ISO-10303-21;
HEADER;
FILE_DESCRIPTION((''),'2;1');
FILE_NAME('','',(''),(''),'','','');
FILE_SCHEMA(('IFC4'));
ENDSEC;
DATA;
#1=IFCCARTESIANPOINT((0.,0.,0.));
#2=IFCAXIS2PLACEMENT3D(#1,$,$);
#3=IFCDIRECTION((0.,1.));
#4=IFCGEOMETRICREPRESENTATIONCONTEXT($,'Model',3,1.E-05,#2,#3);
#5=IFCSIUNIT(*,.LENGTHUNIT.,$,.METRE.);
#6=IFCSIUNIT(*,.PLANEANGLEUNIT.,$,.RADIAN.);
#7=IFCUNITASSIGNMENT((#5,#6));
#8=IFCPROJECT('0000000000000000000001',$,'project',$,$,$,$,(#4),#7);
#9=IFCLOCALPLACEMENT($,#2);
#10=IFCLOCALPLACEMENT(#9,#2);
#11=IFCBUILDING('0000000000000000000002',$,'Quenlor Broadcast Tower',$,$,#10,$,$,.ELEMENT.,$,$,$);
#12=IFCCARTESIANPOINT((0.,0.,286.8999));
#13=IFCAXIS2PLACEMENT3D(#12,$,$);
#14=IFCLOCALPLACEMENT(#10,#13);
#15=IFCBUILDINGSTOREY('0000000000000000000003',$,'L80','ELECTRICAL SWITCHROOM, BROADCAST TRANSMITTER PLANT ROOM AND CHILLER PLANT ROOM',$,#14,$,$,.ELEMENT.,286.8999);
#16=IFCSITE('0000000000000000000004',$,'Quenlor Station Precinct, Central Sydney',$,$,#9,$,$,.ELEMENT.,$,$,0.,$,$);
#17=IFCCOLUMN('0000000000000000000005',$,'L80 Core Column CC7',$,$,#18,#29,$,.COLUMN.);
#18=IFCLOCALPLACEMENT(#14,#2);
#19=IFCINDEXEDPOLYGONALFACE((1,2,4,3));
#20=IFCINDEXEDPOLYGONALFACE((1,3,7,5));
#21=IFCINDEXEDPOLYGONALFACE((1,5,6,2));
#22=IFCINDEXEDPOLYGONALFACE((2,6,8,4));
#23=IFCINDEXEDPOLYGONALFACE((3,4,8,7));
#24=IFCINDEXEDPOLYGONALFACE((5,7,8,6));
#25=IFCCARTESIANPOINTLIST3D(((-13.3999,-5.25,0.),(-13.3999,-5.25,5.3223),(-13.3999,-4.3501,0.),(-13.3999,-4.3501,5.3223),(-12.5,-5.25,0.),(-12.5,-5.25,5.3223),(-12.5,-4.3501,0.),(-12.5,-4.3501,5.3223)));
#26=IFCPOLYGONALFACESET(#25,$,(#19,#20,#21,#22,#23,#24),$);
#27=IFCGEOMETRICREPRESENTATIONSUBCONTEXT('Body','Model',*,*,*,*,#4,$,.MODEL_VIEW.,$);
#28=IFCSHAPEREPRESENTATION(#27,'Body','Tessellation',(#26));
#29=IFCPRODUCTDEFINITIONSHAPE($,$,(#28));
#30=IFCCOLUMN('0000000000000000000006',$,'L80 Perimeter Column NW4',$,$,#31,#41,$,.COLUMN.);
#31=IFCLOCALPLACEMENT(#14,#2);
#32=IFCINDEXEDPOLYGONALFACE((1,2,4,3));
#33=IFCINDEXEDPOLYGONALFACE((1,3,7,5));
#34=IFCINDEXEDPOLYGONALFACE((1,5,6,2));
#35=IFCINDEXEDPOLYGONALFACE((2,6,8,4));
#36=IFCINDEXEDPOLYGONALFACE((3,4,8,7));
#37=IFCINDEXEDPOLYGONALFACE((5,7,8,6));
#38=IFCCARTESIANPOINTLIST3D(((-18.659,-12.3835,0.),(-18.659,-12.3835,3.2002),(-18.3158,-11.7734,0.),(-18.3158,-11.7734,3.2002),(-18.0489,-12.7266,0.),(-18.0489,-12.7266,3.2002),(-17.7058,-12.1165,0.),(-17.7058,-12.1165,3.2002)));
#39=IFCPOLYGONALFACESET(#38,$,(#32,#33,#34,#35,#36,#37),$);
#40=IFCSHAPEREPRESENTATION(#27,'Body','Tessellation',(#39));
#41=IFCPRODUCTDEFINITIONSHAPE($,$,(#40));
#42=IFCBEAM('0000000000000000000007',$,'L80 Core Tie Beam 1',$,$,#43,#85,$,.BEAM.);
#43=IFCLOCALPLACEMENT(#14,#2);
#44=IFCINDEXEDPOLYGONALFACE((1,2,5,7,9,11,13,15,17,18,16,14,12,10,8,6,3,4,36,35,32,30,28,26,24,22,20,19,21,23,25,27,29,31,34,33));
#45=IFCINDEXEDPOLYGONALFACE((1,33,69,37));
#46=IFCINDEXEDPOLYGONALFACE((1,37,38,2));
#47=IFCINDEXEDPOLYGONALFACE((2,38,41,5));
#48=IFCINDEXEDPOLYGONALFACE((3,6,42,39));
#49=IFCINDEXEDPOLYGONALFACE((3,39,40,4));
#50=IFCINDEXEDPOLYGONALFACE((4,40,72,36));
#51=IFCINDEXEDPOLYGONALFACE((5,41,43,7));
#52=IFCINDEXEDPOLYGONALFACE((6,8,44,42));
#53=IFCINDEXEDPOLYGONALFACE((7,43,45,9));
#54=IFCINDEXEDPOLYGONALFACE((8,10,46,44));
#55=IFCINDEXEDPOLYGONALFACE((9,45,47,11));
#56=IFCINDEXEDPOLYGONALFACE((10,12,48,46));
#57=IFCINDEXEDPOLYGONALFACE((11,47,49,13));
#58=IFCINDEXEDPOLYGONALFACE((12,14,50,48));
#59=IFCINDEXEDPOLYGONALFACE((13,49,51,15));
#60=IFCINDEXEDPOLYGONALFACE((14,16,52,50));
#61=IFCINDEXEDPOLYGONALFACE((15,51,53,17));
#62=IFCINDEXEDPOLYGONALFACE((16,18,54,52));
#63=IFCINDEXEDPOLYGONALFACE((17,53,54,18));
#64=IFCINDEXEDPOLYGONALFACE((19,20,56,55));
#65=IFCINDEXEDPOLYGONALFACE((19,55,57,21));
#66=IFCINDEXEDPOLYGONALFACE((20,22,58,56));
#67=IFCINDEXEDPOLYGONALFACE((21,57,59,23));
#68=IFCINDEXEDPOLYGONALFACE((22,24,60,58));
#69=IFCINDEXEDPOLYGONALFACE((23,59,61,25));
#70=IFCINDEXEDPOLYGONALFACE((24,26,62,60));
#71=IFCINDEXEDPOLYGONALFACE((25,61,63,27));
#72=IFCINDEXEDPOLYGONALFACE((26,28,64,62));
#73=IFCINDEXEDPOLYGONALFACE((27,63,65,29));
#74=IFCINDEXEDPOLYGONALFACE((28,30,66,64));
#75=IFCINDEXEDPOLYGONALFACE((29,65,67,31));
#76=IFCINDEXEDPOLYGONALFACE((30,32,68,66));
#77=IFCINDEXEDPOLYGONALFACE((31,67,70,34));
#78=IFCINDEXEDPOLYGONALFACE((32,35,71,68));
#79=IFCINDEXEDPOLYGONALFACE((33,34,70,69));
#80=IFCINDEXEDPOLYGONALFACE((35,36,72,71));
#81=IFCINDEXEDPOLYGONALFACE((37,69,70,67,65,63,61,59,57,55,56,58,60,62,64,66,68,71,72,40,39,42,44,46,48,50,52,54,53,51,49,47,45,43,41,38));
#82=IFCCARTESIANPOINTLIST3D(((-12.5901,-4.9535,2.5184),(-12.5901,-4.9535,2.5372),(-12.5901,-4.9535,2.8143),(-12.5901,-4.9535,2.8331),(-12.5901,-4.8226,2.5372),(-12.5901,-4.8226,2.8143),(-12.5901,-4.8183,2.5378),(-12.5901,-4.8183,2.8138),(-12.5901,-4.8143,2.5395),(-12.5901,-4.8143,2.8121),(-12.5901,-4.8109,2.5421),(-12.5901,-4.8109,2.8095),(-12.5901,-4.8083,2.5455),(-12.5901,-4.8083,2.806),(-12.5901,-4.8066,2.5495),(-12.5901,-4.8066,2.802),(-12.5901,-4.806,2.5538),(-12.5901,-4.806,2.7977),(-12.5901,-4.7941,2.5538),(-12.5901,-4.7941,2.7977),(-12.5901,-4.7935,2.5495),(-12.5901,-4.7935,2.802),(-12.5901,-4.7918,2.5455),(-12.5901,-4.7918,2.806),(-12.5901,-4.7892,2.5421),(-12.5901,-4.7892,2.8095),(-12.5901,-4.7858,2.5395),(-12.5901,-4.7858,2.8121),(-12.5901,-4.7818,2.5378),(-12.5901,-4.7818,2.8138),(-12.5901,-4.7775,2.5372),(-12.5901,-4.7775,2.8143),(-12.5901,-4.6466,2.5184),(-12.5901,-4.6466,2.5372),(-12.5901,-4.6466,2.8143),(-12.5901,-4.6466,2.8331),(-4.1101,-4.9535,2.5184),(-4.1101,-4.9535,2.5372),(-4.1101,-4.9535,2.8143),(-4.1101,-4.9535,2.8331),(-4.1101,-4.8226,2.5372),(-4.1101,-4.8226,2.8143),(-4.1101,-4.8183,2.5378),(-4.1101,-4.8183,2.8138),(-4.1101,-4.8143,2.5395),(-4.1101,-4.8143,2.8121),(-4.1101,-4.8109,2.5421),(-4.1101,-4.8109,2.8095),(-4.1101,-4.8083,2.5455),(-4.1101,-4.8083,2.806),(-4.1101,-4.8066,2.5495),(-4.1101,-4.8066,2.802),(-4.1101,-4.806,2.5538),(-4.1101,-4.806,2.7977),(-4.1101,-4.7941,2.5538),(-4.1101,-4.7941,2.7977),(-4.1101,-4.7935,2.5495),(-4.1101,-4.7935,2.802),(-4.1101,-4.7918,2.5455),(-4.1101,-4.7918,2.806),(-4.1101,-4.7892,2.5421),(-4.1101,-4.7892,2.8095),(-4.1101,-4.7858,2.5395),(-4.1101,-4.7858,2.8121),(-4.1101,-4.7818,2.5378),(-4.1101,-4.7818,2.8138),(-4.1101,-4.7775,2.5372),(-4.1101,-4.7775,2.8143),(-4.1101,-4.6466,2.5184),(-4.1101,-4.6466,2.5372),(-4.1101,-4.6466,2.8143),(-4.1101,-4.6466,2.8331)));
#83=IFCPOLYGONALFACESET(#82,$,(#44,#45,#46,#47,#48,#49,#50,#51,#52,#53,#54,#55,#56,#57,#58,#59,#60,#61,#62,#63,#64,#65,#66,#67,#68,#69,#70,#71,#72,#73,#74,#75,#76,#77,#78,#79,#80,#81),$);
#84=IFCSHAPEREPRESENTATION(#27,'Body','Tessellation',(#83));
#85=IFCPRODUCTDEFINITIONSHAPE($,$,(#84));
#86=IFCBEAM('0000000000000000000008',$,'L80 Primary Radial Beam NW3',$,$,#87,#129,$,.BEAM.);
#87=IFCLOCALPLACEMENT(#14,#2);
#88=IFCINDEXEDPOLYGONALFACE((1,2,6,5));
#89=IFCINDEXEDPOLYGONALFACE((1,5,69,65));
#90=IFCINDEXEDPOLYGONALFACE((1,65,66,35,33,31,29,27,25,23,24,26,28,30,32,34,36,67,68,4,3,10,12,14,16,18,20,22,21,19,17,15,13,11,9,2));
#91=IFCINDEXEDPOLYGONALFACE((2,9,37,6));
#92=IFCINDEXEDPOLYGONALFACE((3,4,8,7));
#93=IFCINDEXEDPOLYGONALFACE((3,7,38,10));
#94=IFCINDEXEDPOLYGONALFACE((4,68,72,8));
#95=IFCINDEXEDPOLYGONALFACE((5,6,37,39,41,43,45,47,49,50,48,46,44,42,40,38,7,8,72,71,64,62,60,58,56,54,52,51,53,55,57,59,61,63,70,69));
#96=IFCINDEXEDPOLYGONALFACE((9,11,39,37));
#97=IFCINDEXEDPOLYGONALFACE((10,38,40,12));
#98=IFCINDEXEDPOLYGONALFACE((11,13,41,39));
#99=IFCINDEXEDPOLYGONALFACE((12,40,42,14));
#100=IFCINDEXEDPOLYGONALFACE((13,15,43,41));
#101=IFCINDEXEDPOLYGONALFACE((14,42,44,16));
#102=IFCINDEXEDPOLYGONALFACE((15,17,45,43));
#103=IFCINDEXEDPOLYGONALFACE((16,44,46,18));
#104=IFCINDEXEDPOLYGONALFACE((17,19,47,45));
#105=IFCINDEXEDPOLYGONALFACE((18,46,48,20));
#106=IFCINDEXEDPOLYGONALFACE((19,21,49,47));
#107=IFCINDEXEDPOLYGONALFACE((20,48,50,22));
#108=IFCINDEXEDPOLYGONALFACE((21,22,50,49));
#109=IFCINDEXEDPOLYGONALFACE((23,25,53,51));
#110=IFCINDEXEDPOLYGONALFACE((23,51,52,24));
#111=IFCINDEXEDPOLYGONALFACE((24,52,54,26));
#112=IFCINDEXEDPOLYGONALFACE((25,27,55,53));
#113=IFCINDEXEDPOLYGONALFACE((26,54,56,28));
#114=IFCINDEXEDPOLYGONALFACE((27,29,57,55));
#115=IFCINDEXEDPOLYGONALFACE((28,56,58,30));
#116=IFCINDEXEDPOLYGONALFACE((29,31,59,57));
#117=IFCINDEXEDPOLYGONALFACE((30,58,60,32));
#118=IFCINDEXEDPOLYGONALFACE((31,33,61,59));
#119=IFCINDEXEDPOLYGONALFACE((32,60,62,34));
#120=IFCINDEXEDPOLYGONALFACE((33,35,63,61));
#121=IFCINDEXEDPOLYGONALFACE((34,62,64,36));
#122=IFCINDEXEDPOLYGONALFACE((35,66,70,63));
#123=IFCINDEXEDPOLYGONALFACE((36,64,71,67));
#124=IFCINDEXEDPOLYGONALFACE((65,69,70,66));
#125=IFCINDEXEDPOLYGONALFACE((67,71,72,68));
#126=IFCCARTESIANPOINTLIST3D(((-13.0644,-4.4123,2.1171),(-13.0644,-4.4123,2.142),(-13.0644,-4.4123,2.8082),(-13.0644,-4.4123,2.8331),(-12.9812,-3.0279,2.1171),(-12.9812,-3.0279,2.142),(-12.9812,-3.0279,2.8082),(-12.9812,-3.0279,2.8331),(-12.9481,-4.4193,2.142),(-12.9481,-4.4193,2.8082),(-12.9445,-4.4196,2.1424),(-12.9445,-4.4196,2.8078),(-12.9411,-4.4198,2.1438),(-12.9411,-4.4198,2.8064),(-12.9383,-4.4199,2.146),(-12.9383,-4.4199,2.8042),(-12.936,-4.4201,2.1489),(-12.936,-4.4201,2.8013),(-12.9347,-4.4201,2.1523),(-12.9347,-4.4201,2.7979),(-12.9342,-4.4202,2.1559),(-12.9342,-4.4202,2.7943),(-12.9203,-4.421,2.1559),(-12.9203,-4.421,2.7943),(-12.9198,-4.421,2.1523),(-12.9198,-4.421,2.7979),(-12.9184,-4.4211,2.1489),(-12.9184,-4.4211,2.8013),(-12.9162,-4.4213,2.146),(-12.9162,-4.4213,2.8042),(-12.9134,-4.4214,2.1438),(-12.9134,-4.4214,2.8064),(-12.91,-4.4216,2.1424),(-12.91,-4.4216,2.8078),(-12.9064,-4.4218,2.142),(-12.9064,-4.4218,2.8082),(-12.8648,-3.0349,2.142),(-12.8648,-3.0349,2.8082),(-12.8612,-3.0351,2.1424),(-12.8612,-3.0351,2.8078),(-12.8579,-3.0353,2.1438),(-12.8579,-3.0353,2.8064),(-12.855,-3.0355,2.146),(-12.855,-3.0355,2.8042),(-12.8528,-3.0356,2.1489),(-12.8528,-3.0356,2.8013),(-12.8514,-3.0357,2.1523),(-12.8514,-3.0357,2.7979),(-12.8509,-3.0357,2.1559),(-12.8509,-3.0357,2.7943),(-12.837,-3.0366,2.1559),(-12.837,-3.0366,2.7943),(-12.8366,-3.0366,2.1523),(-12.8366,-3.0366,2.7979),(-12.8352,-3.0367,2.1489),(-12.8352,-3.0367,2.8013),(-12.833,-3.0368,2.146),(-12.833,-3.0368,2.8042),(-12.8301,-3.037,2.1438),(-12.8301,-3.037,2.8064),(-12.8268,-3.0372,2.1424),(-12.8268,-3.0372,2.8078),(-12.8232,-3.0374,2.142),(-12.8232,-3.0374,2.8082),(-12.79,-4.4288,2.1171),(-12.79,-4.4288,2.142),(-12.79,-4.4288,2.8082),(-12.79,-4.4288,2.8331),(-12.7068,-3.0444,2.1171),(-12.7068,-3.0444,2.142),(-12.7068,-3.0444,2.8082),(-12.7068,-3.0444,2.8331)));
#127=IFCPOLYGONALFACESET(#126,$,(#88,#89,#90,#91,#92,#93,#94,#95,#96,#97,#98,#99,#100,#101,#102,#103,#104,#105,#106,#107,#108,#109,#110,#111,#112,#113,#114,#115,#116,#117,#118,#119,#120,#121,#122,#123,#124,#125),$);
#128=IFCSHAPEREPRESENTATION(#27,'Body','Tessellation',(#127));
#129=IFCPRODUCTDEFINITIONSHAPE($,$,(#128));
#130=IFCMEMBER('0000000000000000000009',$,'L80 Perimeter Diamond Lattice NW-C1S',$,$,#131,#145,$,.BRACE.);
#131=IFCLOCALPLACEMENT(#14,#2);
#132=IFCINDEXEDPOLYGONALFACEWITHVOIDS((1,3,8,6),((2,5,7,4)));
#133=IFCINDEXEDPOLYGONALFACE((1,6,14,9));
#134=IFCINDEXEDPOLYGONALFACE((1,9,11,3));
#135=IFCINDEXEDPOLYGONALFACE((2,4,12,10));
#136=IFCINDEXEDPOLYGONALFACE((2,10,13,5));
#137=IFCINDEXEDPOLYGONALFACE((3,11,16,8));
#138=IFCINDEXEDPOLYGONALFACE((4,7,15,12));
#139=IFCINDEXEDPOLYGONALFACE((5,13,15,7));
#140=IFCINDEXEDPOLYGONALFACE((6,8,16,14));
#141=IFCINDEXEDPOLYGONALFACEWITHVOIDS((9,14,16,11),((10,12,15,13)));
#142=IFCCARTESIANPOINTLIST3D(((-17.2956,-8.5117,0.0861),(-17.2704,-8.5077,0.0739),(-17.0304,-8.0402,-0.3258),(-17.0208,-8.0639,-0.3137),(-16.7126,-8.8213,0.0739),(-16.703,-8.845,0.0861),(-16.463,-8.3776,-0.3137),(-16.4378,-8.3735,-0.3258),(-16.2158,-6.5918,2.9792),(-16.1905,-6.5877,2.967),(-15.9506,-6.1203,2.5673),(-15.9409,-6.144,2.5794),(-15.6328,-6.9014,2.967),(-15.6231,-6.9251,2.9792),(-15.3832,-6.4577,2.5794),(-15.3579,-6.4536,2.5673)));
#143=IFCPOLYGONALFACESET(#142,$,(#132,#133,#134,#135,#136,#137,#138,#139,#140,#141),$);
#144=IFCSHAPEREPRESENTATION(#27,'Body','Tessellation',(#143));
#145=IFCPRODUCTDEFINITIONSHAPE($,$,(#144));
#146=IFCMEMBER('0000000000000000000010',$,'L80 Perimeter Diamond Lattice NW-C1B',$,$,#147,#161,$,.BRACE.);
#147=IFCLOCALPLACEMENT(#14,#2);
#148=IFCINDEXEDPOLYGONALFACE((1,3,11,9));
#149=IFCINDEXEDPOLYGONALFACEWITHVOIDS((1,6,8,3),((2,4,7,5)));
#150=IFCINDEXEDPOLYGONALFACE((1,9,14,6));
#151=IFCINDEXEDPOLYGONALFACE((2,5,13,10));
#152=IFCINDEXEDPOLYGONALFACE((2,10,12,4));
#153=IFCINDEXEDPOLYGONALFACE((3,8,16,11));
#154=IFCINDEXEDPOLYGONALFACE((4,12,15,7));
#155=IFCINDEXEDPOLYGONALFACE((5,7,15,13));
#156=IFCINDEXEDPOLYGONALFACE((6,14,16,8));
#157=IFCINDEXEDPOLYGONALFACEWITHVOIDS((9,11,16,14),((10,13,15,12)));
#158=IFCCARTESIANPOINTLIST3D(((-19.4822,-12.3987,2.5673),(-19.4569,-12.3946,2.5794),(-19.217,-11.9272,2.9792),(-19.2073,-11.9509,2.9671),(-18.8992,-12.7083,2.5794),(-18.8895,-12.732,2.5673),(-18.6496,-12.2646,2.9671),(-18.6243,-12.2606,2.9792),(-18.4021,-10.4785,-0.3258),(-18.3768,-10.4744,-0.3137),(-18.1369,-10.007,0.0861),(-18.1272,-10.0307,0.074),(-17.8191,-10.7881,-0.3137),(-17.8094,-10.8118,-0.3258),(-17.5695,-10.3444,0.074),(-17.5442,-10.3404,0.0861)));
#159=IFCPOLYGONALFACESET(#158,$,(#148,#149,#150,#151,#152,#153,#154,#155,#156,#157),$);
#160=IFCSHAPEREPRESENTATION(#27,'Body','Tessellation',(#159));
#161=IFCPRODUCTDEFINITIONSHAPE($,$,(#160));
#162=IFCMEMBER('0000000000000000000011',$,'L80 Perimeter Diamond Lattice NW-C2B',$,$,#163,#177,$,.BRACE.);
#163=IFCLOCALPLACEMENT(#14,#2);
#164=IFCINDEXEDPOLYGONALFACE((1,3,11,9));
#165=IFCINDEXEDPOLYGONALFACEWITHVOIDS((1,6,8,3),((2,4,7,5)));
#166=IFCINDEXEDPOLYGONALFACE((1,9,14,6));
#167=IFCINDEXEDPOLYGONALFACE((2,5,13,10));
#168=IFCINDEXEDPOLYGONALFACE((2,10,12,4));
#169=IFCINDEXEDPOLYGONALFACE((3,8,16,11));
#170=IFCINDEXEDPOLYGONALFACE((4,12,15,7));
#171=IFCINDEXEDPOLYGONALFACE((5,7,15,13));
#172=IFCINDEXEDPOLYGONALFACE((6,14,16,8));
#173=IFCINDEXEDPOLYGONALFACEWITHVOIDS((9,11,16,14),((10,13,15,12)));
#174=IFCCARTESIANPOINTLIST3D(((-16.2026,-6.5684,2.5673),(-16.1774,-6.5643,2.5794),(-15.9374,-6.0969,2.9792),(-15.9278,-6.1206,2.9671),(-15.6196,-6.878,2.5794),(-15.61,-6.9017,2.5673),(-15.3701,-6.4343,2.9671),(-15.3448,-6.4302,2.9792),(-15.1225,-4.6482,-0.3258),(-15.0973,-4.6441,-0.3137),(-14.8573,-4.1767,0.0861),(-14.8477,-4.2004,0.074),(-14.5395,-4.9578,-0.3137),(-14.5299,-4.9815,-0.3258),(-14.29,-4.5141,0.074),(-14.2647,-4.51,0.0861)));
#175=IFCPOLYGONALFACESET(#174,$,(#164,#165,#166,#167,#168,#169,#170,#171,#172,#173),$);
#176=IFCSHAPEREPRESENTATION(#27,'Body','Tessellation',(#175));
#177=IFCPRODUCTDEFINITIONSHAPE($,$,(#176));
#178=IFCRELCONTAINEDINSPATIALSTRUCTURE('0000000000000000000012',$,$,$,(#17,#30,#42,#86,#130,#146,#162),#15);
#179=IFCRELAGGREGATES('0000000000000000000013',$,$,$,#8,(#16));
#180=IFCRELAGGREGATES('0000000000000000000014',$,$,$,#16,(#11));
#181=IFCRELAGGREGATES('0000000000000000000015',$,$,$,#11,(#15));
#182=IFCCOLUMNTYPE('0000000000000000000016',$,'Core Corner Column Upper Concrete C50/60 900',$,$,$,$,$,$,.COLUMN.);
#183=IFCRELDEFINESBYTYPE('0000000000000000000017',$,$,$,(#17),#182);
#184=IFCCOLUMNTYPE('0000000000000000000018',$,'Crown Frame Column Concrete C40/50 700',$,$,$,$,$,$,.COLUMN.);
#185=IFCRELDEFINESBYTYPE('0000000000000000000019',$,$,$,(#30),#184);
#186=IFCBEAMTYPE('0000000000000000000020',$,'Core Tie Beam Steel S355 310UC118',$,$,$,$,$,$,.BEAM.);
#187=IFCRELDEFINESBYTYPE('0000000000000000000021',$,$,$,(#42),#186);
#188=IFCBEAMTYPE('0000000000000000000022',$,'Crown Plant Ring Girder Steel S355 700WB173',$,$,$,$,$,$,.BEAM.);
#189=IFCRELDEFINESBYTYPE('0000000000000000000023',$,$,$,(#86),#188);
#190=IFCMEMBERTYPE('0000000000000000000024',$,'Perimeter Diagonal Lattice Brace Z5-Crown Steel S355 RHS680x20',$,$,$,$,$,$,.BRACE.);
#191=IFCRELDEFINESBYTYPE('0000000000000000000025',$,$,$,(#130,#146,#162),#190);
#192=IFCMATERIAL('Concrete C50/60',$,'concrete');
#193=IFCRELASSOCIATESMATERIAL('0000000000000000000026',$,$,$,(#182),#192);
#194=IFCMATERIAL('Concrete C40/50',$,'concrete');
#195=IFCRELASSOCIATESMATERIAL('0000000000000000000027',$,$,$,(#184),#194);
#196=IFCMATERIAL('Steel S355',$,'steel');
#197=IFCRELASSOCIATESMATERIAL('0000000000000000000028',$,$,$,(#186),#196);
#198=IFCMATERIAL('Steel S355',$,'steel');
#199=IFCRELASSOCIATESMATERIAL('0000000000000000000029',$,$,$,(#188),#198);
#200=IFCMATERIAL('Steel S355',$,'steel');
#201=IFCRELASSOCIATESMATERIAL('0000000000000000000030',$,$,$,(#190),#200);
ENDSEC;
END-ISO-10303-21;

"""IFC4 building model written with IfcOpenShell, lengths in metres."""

from ifc_helpers import new_model, si_unit, direction, frame, origin, origin_2d, place, context, subcontext, project, spatial, rectangle, hollow_rectangle, i_section, extrude, material, material_profile, profile_set, type_object, element, save


model = new_model("IFC4")

# Units and contexts
model_context = context("Model", 3, precision=1e-05, world=origin(), true_north=direction((0.0, 1.0)))
body_context = subcontext(model_context, "Body", "Model", "MODEL_VIEW")
ifc_project = project(units=[si_unit("LENGTHUNIT", "METRE"), si_unit("PLANEANGLEUNIT", "RADIAN")], contexts=[model_context])

# Site, building, storey
site_placement = place(None, origin())
site = spatial("IfcSite", under=ifc_project, at=site_placement, Name="Quenlor Station Precinct, Central Sydney", CompositionType="ELEMENT", RefElevation=0.0)
building_placement = place(site_placement, origin())
building = spatial("IfcBuilding", under=site, at=building_placement, Name="Quenlor Broadcast Tower", CompositionType="ELEMENT")
storey_placement = place(building_placement, frame((0.0, 0.0, 286.8999)))
storey = spatial("IfcBuildingStorey", under=building, at=storey_placement, Name="L80", Description="ELECTRICAL SWITCHROOM, BROADCAST TRANSMITTER PLANT ROOM AND CHILLER PLANT ROOM", CompositionType="ELEMENT", Elevation=286.8999)

# Columns
ifc_material_1 = material(Name="Concrete C50/60", Category="concrete")
ifc_material_profile_1 = material_profile(ifc_material_1, rectangle(XDim=0.8999, YDim=0.8999, at=origin_2d()))
ifc_profile_set_1 = profile_set([ifc_material_profile_1], Name="Concrete C50/60 RC900x900")
column_type_1 = type_object("IfcColumnType", Name="Core Corner Column Upper Concrete C50/60 900", PredefinedType="COLUMN", material=ifc_profile_set_1)
column_1_placement = place(storey_placement, frame((-12.95, -4.8, 0.0), z_axis=(0.0, 0.0, 1.0), x_axis=(1.0, 0.0, 0.0)))
element("IfcColumn", 1, at=column_1_placement, inside=storey, type_object=column_type_1, Name="L80 Core Column CC7", PredefinedType="COLUMN", context=body_context, shape_type="SweptSolid", body=[
    extrude(rectangle(XDim=0.8999, YDim=0.8999, at=origin_2d()), origin(), (0.0, 0.0, 1.0), 5.3223),
])
ifc_material_2 = material(Name="Concrete C40/50", Category="concrete")
ifc_material_profile_2 = material_profile(ifc_material_2, rectangle(XDim=0.7, YDim=0.7, at=origin_2d()))
ifc_profile_set_2 = profile_set([ifc_material_profile_2], Name="Concrete C40/50 RC700x700")
column_type_2 = type_object("IfcColumnType", Name="Crown Frame Column Concrete C40/50 700", PredefinedType="COLUMN", material=ifc_profile_set_2)
column_2_placement = place(storey_placement, frame((-18.1824, -12.25, 0.0), z_axis=(0.0, 0.0, 1.0), x_axis=(-0.871575, 0.490262, 0.0)))
element("IfcColumn", 2, at=column_2_placement, inside=storey, type_object=column_type_2, Name="L80 Perimeter Column NW4", PredefinedType="COLUMN", context=body_context, shape_type="SweptSolid", body=[
    extrude(rectangle(XDim=0.7, YDim=0.7, at=origin_2d()), origin(), (0.0, 0.0, 1.0), 3.2002),
])

# Beams
ifc_material_3 = material(Name="Steel S355", Category="steel")
ifc_material_profile_3 = material_profile(ifc_material_3, i_section(OverallWidth=0.3069, OverallDepth=0.3147, WebThickness=0.012, FlangeThickness=0.0188, FilletRadius=0.0166, at=origin_2d()))
ifc_profile_set_3 = profile_set([ifc_material_profile_3], Name="Steel S355 310UC118")
beam_type_1 = type_object("IfcBeamType", Name="Core Tie Beam Steel S355 310UC118", PredefinedType="BEAM", material=ifc_profile_set_3)
beam_1_placement = place(storey_placement, frame((-12.5901, -4.8, 2.6758), z_axis=(1.0, 0.0, 0.0), x_axis=(0.0, 1.0, 0.0)))
element("IfcBeam", 3, at=beam_1_placement, inside=storey, type_object=beam_type_1, Name="L80 Core Tie Beam 1", PredefinedType="BEAM", context=body_context, shape_type="SweptSolid", body=[
    extrude(i_section(OverallWidth=0.3069, OverallDepth=0.3147, WebThickness=0.012, FlangeThickness=0.0188, FilletRadius=0.0166, at=origin_2d()), origin(), (0.0, 0.0, 1.0), 8.48),
])
ifc_material_4 = material(Name="Steel S355", Category="steel")
ifc_material_profile_4 = material_profile(ifc_material_4, i_section(OverallWidth=0.2749, OverallDepth=0.7161, WebThickness=0.0139, FlangeThickness=0.0249, FilletRadius=0.0139, at=origin_2d()))
ifc_profile_set_4 = profile_set([ifc_material_profile_4], Name="Steel S355 700WB173")
beam_type_2 = type_object("IfcBeamType", Name="Crown Plant Ring Girder Steel S355 700WB173", PredefinedType="BEAM", material=ifc_profile_set_4)
beam_2_placement = place(storey_placement, frame((-12.844, -3.0361, 2.4751), z_axis=(-0.060022, -0.998197, 0.0), x_axis=(0.998197, -0.060022, 0.0)))
element("IfcBeam", 4, at=beam_2_placement, inside=storey, type_object=beam_type_2, Name="L80 Primary Radial Beam NW3", PredefinedType="BEAM", context=body_context, shape_type="SweptSolid", body=[
    extrude(i_section(OverallWidth=0.2749, OverallDepth=0.7161, WebThickness=0.0139, FlangeThickness=0.0249, FilletRadius=0.0139, at=origin_2d()), origin(), (0.0, 0.0, 1.0), 1.387),
])

# Members
ifc_material_5 = material(Name="Steel S355", Category="steel")
ifc_material_profile_5 = material_profile(ifc_material_5, hollow_rectangle(XDim=0.6799, YDim=0.6799, WallThickness=0.02, at=origin_2d()))
ifc_profile_set_5 = profile_set([ifc_material_profile_5], Name="Steel S355 RHS680x680x20")
member_type = type_object("IfcMemberType", Name="Perimeter Diagonal Lattice Brace Z5-Crown Steel S355 RHS680x20", PredefinedType="BRACE", material=ifc_profile_set_5)
member_placement = place(storey_placement, frame((-16.8667, -8.4426, -0.1199), z_axis=(0.296967, 0.528002, 0.795628), x_axis=(-0.871599, 0.490219, 0.0)))
element("IfcMember", 5, at=member_placement, inside=storey, type_object=member_type, Name="L80 Perimeter Diamond Lattice NW-C1S", PredefinedType="BRACE", context=body_context, shape_type="SweptSolid", body=[
    extrude(hollow_rectangle(XDim=0.6799, YDim=0.6799, WallThickness=0.02, at=origin_2d()), origin(), (0.0, 0.0, 1.0), 3.6362),
])
for number, where, z_axis, x_axis, name in (
    (6, (-17.9731, -10.4094, -0.1199), (-0.297018, -0.52804, 0.795584), (0.871578, -0.490256, 0.0), "L80 Perimeter Diamond Lattice NW-C1B"),
    (7, (-14.6936, -4.5791, -0.1199), (-0.297018, -0.52804, 0.795584), (0.871578, -0.490256, 0.0), "L80 Perimeter Diamond Lattice NW-C2B"),
):
    element("IfcMember", number, at=place(storey_placement, frame(where, z_axis=z_axis, x_axis=x_axis)), inside=storey, type_object=member_type, Name=name, PredefinedType="BRACE", context=body_context, shape_type="SweptSolid", body=[
        extrude(hollow_rectangle(XDim=0.6799, YDim=0.6799, WallThickness=0.02, at=origin_2d()), origin(), (0.0, 0.0, 1.0), 3.6365),
    ])

save(model, "model.ifc")
